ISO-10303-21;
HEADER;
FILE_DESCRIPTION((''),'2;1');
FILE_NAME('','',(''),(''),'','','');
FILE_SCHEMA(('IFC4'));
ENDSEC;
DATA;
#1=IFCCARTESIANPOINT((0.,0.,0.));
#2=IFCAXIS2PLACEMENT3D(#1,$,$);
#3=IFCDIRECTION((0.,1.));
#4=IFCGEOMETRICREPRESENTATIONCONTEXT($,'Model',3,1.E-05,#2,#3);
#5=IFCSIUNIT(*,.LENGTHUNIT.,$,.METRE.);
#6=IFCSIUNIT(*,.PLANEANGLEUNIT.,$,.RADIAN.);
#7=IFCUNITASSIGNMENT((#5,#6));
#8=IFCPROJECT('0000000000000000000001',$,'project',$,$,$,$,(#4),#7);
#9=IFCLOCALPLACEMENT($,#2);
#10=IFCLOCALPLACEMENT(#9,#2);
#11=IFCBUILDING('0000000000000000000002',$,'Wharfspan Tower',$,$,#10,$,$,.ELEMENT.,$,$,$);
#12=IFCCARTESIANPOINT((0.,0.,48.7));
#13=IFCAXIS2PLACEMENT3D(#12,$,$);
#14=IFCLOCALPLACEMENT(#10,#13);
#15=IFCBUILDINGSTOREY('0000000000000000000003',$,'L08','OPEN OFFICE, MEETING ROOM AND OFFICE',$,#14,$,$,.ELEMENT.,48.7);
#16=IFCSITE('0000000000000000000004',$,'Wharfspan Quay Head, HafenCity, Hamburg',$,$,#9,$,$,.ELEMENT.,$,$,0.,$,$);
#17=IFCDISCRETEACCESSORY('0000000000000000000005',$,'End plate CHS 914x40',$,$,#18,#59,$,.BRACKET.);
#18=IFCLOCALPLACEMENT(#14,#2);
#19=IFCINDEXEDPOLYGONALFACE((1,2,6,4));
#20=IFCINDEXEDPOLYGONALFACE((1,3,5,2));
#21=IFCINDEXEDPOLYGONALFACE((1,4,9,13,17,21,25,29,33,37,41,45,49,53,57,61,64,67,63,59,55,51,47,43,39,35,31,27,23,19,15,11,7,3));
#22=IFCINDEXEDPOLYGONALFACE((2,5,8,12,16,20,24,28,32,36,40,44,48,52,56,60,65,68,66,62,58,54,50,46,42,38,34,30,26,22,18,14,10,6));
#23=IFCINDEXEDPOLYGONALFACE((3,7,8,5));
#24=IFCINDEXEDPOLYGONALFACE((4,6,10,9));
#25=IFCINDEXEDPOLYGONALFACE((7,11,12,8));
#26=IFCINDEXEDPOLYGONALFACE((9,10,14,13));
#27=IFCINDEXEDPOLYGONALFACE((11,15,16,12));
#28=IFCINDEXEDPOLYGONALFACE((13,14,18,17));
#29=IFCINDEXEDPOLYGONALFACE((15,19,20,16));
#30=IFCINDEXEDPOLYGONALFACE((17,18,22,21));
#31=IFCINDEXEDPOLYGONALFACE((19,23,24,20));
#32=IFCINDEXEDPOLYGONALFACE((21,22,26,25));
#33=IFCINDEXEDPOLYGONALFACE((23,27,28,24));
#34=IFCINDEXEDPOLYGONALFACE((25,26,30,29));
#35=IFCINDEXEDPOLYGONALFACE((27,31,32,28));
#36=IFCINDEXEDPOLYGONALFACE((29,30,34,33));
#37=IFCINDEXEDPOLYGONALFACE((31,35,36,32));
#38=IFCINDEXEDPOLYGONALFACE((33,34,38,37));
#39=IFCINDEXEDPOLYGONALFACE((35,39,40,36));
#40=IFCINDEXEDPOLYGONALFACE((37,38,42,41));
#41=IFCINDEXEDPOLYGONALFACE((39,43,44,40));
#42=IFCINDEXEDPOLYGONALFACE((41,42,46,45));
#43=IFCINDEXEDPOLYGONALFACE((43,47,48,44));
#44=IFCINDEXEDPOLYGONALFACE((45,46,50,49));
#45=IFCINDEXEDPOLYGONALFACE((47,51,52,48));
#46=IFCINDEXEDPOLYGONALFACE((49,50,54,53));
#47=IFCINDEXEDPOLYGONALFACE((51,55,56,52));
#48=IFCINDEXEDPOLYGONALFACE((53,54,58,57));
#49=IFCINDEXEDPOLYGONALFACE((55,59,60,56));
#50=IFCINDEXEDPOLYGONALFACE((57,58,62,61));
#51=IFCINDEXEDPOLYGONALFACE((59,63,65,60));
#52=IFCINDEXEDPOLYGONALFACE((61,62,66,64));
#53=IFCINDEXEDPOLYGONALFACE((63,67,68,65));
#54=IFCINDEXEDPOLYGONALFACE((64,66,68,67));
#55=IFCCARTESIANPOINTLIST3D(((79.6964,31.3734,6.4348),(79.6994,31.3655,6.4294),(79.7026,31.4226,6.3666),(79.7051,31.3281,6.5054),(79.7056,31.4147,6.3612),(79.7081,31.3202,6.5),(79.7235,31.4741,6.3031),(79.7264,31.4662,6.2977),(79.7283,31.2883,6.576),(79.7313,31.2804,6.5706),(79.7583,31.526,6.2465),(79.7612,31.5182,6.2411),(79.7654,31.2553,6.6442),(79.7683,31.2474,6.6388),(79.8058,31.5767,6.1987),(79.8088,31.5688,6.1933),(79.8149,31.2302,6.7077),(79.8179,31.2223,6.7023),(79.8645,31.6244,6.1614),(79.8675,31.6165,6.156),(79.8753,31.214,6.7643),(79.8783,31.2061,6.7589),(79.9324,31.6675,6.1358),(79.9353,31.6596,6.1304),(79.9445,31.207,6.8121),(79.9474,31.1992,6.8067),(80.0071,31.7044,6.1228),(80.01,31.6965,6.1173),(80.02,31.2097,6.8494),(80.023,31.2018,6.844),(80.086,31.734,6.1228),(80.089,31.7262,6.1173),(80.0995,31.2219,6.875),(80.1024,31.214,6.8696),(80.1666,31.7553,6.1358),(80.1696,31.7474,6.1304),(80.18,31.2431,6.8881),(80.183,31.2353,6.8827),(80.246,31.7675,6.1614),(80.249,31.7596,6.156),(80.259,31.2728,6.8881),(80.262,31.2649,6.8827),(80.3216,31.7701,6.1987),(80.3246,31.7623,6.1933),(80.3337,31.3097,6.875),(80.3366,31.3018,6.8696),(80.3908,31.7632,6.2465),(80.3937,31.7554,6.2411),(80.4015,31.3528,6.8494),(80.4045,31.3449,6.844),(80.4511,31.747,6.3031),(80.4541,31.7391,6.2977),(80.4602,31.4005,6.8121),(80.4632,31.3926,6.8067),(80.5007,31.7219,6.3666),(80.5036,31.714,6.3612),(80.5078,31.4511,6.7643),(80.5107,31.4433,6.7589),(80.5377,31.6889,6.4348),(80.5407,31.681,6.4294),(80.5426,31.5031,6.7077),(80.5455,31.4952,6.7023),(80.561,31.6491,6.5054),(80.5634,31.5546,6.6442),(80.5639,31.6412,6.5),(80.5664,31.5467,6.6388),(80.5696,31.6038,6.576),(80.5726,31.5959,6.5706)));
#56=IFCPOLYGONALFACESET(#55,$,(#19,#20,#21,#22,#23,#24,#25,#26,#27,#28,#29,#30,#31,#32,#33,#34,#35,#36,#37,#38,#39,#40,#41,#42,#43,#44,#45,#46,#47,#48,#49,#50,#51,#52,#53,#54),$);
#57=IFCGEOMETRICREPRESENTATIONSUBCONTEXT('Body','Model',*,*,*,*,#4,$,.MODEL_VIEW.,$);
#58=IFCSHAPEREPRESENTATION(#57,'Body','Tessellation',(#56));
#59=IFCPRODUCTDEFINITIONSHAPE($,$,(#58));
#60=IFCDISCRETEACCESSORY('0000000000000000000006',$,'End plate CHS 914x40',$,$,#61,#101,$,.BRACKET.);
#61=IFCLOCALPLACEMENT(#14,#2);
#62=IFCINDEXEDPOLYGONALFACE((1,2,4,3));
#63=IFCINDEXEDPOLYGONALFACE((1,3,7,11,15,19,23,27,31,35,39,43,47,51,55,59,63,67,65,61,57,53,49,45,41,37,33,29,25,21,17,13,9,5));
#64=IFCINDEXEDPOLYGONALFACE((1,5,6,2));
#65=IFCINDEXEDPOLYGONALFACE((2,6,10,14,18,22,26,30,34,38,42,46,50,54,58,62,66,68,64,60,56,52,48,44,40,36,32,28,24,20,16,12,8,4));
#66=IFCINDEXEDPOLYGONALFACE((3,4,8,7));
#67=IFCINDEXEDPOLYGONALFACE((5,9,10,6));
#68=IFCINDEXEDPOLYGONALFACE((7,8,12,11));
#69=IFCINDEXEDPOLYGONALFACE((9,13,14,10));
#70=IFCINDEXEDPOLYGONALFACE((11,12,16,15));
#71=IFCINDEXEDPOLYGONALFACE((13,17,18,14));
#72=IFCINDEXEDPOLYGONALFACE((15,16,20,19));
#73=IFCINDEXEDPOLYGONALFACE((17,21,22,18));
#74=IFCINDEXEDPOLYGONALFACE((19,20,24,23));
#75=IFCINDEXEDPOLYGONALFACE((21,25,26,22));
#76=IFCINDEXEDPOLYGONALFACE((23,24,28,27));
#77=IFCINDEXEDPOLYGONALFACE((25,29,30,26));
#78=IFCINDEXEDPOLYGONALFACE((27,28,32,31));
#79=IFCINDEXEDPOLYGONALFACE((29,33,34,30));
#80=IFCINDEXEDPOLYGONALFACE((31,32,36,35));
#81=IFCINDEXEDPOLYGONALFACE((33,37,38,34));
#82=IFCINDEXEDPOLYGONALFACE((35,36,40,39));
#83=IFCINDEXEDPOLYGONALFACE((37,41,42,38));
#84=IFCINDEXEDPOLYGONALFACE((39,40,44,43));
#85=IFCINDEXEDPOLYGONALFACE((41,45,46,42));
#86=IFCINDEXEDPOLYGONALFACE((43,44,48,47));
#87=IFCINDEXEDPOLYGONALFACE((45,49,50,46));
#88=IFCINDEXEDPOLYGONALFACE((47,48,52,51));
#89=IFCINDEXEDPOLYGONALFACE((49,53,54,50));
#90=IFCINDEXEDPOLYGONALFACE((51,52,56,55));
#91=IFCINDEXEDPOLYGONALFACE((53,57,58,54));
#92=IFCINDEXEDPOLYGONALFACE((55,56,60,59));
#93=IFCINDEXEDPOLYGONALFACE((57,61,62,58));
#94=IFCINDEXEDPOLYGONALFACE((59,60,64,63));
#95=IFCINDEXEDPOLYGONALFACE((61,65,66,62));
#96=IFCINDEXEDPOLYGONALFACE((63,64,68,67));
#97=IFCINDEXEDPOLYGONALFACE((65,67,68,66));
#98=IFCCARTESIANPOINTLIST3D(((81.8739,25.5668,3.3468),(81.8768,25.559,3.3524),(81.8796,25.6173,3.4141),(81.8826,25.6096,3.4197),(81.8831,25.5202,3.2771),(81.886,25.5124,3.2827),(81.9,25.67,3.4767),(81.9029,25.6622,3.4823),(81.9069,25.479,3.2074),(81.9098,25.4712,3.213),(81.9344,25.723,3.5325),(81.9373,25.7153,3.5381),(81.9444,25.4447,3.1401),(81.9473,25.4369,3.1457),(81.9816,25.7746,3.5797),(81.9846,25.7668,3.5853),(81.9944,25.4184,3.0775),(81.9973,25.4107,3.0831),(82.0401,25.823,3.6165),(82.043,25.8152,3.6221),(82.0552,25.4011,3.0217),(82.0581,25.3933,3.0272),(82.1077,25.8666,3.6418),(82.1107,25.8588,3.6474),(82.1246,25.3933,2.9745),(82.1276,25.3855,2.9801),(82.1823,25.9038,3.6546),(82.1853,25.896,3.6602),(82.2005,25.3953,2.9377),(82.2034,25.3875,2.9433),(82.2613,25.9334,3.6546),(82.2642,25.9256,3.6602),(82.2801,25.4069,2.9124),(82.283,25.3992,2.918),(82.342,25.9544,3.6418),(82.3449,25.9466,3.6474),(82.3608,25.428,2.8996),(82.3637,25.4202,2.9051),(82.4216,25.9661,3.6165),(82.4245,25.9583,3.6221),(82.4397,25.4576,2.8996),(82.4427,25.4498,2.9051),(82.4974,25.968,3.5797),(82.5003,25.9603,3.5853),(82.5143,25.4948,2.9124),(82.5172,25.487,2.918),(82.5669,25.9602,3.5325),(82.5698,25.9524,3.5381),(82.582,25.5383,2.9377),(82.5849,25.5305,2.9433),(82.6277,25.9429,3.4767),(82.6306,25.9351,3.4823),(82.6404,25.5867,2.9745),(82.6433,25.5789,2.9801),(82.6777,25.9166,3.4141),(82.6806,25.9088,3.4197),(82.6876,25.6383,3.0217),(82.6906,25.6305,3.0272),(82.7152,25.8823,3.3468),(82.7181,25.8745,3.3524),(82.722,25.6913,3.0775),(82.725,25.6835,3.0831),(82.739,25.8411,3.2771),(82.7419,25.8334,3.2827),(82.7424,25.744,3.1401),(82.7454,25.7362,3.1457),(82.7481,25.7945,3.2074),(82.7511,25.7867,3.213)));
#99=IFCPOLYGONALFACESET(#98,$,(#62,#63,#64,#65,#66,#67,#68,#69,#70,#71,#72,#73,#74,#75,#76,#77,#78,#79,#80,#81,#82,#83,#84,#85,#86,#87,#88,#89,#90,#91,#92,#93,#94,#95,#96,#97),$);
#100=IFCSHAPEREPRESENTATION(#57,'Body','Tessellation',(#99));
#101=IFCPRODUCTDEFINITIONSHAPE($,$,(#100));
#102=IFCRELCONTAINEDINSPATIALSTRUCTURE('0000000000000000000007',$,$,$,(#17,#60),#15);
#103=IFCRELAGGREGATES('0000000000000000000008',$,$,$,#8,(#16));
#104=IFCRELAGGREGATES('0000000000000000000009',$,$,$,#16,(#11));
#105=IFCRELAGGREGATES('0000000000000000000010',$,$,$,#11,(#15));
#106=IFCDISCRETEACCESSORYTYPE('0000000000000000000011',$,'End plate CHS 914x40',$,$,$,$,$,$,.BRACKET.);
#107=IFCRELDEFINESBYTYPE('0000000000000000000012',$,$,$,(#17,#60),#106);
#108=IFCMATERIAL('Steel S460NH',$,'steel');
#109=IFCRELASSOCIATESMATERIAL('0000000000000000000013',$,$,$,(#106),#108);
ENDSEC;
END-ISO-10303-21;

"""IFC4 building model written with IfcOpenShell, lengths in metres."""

from ifc_helpers import new_model, si_unit, direction, frame, origin, origin_2d, place, context, subcontext, project, spatial, circle, extrude, material, material_profile, profile_set, type_object, element, save


model = new_model("IFC4")

# Units and contexts
model_context = context("Model", 3, precision=1e-05, world=origin(), true_north=direction((0.0, 1.0)))
body_context = subcontext(model_context, "Body", "Model", "MODEL_VIEW")
ifc_project = project(units=[si_unit("LENGTHUNIT", "METRE"), si_unit("PLANEANGLEUNIT", "RADIAN")], contexts=[model_context])

# Site, building, storey
site_placement = place(None, origin())
site = spatial("IfcSite", under=ifc_project, at=site_placement, Name="Wharfspan Quay Head, HafenCity, Hamburg", CompositionType="ELEMENT", RefElevation=0.0)
building_placement = place(site_placement, origin())
building = spatial("IfcBuilding", under=site, at=building_placement, Name="Wharfspan Tower", CompositionType="ELEMENT")
storey_placement = place(building_placement, frame((0.0, 0.0, 48.7)))
storey = spatial("IfcBuildingStorey", under=building, at=storey_placement, Name="L08", Description="OPEN OFFICE, MEETING ROOM AND OFFICE", CompositionType="ELEMENT", Elevation=48.7)

# Shared definitions
ifc_material_1 = material(Name="Steel S460NH", Category="steel")

# Discrete accessories
ifc_material_profile_1 = material_profile(ifc_material_1, circle(Radius=0.457, at=origin_2d()))
ifc_profile_set_1 = profile_set([ifc_material_profile_1], Name="Steel S460NH")
discrete_accessory_type = type_object("IfcDiscreteAccessoryType", Name="End plate CHS 914x40", PredefinedType="BRACKET", material=ifc_profile_set_1)
for number, where, z_axis, x_axis, name in (
    (1, (80.136, 31.4807, 6.5), (-0.295241, 0.787309, 0.541275), (-0.936333, -0.351125, 0.0), "End plate CHS 914x40"),
    (2, (82.311, 25.6807, 3.2771), (0.2913, -0.7768, 0.558325), (0.936328, 0.351123, 0.0), "End plate CHS 914x40"),
):
    element("IfcDiscreteAccessory", number, at=place(storey_placement, frame(where, z_axis=z_axis, x_axis=x_axis)), inside=storey, type_object=discrete_accessory_type, Name=name, PredefinedType="BRACKET", context=body_context, shape_type="SweptSolid", body=[
        extrude(circle(Radius=0.457, at=origin_2d()), origin(), (0.0, 0.0, 1.0), 0.01),
    ])

save(model, "model.ifc")
